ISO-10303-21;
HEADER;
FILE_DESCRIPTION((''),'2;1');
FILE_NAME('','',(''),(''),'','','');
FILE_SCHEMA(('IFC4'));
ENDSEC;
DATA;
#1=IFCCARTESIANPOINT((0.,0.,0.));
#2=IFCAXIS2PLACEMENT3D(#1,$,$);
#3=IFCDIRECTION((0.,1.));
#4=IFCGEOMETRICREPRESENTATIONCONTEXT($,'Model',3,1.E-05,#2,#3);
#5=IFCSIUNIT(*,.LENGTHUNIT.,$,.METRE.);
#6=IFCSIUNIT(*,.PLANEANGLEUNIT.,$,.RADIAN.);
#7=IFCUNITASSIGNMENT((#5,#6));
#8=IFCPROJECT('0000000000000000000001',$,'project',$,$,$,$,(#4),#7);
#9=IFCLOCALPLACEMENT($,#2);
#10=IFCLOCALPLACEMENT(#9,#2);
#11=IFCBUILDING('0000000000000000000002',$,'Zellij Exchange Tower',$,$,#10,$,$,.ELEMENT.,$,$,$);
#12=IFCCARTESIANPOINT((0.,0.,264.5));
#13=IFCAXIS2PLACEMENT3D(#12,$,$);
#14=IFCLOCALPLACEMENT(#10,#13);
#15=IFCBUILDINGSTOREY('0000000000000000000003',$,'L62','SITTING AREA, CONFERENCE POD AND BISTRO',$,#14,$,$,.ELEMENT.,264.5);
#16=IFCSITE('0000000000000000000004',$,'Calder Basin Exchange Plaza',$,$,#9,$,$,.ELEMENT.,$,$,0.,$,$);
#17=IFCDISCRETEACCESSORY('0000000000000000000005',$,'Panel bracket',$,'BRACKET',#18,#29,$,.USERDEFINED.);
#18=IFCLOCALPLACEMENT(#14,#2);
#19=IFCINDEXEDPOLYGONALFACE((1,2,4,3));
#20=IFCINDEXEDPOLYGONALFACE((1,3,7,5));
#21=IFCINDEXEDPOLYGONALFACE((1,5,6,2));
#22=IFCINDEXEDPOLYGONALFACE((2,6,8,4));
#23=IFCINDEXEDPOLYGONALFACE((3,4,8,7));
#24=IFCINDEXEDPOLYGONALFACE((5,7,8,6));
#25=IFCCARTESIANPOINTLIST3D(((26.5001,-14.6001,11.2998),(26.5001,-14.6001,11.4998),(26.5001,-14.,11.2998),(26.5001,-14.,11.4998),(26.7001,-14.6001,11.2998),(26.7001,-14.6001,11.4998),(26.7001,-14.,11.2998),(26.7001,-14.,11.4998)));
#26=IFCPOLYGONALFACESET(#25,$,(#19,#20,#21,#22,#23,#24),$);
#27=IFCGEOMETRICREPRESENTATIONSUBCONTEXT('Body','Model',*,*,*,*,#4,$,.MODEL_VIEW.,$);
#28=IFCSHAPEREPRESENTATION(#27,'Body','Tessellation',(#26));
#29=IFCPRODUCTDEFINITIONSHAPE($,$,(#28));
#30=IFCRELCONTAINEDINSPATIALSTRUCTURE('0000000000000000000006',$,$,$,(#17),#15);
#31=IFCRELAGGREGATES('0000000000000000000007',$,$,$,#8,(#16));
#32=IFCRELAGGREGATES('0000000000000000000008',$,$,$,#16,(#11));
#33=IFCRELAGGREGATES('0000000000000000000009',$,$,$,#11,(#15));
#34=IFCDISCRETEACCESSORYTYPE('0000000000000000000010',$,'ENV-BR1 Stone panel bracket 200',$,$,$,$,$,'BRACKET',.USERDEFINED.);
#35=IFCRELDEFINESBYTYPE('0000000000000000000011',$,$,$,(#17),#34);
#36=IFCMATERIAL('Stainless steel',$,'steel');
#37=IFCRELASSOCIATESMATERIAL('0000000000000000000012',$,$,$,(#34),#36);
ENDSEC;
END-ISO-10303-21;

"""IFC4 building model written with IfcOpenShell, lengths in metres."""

from ifc_helpers import new_model, si_unit, direction, frame, origin, origin_2d, place, context, subcontext, project, spatial, rectangle, extrude, material, type_object, element, save


model = new_model("IFC4")

# Units and contexts
model_context = context("Model", 3, precision=1e-05, world=origin(), true_north=direction((0.0, 1.0)))
body_context = subcontext(model_context, "Body", "Model", "MODEL_VIEW")
ifc_project = project(units=[si_unit("LENGTHUNIT", "METRE"), si_unit("PLANEANGLEUNIT", "RADIAN")], contexts=[model_context])

# Site, building, storey
site_placement = place(None, origin())
site = spatial("IfcSite", under=ifc_project, at=site_placement, Name="Calder Basin Exchange Plaza", CompositionType="ELEMENT", RefElevation=0.0)
building_placement = place(site_placement, origin())
building = spatial("IfcBuilding", under=site, at=building_placement, Name="Zellij Exchange Tower", CompositionType="ELEMENT")
storey_placement = place(building_placement, frame((0.0, 0.0, 264.5)))
storey = spatial("IfcBuildingStorey", under=building, at=storey_placement, Name="L62", Description="SITTING AREA, CONFERENCE POD AND BISTRO", CompositionType="ELEMENT", Elevation=264.5)

# Shared definitions
ifc_material_1 = material(Name="Stainless steel", Category="steel")

# Discrete accessory
discrete_accessory_type = type_object("IfcDiscreteAccessoryType", Name="ENV-BR1 Stone panel bracket 200", ElementType="BRACKET", PredefinedType="USERDEFINED", material=ifc_material_1)
for number, where, z_axis, x_axis, name in (
    (1, (26.6001, -14.3, 11.2998), (0.0, 0.0, 1.0), (1.0, 0.0, 0.0), "Panel bracket"),
):
    element("IfcDiscreteAccessory", number, at=place(storey_placement, frame(where, z_axis=z_axis, x_axis=x_axis)), inside=storey, type_object=discrete_accessory_type, Name=name, ObjectType="BRACKET", PredefinedType="USERDEFINED", context=body_context, shape_type="SweptSolid", body=[
        extrude(rectangle(XDim=0.2, YDim=0.6001, at=origin_2d()), origin(), (0.0, 0.0, 1.0), 0.2),
    ])

save(model, "model.ifc")
